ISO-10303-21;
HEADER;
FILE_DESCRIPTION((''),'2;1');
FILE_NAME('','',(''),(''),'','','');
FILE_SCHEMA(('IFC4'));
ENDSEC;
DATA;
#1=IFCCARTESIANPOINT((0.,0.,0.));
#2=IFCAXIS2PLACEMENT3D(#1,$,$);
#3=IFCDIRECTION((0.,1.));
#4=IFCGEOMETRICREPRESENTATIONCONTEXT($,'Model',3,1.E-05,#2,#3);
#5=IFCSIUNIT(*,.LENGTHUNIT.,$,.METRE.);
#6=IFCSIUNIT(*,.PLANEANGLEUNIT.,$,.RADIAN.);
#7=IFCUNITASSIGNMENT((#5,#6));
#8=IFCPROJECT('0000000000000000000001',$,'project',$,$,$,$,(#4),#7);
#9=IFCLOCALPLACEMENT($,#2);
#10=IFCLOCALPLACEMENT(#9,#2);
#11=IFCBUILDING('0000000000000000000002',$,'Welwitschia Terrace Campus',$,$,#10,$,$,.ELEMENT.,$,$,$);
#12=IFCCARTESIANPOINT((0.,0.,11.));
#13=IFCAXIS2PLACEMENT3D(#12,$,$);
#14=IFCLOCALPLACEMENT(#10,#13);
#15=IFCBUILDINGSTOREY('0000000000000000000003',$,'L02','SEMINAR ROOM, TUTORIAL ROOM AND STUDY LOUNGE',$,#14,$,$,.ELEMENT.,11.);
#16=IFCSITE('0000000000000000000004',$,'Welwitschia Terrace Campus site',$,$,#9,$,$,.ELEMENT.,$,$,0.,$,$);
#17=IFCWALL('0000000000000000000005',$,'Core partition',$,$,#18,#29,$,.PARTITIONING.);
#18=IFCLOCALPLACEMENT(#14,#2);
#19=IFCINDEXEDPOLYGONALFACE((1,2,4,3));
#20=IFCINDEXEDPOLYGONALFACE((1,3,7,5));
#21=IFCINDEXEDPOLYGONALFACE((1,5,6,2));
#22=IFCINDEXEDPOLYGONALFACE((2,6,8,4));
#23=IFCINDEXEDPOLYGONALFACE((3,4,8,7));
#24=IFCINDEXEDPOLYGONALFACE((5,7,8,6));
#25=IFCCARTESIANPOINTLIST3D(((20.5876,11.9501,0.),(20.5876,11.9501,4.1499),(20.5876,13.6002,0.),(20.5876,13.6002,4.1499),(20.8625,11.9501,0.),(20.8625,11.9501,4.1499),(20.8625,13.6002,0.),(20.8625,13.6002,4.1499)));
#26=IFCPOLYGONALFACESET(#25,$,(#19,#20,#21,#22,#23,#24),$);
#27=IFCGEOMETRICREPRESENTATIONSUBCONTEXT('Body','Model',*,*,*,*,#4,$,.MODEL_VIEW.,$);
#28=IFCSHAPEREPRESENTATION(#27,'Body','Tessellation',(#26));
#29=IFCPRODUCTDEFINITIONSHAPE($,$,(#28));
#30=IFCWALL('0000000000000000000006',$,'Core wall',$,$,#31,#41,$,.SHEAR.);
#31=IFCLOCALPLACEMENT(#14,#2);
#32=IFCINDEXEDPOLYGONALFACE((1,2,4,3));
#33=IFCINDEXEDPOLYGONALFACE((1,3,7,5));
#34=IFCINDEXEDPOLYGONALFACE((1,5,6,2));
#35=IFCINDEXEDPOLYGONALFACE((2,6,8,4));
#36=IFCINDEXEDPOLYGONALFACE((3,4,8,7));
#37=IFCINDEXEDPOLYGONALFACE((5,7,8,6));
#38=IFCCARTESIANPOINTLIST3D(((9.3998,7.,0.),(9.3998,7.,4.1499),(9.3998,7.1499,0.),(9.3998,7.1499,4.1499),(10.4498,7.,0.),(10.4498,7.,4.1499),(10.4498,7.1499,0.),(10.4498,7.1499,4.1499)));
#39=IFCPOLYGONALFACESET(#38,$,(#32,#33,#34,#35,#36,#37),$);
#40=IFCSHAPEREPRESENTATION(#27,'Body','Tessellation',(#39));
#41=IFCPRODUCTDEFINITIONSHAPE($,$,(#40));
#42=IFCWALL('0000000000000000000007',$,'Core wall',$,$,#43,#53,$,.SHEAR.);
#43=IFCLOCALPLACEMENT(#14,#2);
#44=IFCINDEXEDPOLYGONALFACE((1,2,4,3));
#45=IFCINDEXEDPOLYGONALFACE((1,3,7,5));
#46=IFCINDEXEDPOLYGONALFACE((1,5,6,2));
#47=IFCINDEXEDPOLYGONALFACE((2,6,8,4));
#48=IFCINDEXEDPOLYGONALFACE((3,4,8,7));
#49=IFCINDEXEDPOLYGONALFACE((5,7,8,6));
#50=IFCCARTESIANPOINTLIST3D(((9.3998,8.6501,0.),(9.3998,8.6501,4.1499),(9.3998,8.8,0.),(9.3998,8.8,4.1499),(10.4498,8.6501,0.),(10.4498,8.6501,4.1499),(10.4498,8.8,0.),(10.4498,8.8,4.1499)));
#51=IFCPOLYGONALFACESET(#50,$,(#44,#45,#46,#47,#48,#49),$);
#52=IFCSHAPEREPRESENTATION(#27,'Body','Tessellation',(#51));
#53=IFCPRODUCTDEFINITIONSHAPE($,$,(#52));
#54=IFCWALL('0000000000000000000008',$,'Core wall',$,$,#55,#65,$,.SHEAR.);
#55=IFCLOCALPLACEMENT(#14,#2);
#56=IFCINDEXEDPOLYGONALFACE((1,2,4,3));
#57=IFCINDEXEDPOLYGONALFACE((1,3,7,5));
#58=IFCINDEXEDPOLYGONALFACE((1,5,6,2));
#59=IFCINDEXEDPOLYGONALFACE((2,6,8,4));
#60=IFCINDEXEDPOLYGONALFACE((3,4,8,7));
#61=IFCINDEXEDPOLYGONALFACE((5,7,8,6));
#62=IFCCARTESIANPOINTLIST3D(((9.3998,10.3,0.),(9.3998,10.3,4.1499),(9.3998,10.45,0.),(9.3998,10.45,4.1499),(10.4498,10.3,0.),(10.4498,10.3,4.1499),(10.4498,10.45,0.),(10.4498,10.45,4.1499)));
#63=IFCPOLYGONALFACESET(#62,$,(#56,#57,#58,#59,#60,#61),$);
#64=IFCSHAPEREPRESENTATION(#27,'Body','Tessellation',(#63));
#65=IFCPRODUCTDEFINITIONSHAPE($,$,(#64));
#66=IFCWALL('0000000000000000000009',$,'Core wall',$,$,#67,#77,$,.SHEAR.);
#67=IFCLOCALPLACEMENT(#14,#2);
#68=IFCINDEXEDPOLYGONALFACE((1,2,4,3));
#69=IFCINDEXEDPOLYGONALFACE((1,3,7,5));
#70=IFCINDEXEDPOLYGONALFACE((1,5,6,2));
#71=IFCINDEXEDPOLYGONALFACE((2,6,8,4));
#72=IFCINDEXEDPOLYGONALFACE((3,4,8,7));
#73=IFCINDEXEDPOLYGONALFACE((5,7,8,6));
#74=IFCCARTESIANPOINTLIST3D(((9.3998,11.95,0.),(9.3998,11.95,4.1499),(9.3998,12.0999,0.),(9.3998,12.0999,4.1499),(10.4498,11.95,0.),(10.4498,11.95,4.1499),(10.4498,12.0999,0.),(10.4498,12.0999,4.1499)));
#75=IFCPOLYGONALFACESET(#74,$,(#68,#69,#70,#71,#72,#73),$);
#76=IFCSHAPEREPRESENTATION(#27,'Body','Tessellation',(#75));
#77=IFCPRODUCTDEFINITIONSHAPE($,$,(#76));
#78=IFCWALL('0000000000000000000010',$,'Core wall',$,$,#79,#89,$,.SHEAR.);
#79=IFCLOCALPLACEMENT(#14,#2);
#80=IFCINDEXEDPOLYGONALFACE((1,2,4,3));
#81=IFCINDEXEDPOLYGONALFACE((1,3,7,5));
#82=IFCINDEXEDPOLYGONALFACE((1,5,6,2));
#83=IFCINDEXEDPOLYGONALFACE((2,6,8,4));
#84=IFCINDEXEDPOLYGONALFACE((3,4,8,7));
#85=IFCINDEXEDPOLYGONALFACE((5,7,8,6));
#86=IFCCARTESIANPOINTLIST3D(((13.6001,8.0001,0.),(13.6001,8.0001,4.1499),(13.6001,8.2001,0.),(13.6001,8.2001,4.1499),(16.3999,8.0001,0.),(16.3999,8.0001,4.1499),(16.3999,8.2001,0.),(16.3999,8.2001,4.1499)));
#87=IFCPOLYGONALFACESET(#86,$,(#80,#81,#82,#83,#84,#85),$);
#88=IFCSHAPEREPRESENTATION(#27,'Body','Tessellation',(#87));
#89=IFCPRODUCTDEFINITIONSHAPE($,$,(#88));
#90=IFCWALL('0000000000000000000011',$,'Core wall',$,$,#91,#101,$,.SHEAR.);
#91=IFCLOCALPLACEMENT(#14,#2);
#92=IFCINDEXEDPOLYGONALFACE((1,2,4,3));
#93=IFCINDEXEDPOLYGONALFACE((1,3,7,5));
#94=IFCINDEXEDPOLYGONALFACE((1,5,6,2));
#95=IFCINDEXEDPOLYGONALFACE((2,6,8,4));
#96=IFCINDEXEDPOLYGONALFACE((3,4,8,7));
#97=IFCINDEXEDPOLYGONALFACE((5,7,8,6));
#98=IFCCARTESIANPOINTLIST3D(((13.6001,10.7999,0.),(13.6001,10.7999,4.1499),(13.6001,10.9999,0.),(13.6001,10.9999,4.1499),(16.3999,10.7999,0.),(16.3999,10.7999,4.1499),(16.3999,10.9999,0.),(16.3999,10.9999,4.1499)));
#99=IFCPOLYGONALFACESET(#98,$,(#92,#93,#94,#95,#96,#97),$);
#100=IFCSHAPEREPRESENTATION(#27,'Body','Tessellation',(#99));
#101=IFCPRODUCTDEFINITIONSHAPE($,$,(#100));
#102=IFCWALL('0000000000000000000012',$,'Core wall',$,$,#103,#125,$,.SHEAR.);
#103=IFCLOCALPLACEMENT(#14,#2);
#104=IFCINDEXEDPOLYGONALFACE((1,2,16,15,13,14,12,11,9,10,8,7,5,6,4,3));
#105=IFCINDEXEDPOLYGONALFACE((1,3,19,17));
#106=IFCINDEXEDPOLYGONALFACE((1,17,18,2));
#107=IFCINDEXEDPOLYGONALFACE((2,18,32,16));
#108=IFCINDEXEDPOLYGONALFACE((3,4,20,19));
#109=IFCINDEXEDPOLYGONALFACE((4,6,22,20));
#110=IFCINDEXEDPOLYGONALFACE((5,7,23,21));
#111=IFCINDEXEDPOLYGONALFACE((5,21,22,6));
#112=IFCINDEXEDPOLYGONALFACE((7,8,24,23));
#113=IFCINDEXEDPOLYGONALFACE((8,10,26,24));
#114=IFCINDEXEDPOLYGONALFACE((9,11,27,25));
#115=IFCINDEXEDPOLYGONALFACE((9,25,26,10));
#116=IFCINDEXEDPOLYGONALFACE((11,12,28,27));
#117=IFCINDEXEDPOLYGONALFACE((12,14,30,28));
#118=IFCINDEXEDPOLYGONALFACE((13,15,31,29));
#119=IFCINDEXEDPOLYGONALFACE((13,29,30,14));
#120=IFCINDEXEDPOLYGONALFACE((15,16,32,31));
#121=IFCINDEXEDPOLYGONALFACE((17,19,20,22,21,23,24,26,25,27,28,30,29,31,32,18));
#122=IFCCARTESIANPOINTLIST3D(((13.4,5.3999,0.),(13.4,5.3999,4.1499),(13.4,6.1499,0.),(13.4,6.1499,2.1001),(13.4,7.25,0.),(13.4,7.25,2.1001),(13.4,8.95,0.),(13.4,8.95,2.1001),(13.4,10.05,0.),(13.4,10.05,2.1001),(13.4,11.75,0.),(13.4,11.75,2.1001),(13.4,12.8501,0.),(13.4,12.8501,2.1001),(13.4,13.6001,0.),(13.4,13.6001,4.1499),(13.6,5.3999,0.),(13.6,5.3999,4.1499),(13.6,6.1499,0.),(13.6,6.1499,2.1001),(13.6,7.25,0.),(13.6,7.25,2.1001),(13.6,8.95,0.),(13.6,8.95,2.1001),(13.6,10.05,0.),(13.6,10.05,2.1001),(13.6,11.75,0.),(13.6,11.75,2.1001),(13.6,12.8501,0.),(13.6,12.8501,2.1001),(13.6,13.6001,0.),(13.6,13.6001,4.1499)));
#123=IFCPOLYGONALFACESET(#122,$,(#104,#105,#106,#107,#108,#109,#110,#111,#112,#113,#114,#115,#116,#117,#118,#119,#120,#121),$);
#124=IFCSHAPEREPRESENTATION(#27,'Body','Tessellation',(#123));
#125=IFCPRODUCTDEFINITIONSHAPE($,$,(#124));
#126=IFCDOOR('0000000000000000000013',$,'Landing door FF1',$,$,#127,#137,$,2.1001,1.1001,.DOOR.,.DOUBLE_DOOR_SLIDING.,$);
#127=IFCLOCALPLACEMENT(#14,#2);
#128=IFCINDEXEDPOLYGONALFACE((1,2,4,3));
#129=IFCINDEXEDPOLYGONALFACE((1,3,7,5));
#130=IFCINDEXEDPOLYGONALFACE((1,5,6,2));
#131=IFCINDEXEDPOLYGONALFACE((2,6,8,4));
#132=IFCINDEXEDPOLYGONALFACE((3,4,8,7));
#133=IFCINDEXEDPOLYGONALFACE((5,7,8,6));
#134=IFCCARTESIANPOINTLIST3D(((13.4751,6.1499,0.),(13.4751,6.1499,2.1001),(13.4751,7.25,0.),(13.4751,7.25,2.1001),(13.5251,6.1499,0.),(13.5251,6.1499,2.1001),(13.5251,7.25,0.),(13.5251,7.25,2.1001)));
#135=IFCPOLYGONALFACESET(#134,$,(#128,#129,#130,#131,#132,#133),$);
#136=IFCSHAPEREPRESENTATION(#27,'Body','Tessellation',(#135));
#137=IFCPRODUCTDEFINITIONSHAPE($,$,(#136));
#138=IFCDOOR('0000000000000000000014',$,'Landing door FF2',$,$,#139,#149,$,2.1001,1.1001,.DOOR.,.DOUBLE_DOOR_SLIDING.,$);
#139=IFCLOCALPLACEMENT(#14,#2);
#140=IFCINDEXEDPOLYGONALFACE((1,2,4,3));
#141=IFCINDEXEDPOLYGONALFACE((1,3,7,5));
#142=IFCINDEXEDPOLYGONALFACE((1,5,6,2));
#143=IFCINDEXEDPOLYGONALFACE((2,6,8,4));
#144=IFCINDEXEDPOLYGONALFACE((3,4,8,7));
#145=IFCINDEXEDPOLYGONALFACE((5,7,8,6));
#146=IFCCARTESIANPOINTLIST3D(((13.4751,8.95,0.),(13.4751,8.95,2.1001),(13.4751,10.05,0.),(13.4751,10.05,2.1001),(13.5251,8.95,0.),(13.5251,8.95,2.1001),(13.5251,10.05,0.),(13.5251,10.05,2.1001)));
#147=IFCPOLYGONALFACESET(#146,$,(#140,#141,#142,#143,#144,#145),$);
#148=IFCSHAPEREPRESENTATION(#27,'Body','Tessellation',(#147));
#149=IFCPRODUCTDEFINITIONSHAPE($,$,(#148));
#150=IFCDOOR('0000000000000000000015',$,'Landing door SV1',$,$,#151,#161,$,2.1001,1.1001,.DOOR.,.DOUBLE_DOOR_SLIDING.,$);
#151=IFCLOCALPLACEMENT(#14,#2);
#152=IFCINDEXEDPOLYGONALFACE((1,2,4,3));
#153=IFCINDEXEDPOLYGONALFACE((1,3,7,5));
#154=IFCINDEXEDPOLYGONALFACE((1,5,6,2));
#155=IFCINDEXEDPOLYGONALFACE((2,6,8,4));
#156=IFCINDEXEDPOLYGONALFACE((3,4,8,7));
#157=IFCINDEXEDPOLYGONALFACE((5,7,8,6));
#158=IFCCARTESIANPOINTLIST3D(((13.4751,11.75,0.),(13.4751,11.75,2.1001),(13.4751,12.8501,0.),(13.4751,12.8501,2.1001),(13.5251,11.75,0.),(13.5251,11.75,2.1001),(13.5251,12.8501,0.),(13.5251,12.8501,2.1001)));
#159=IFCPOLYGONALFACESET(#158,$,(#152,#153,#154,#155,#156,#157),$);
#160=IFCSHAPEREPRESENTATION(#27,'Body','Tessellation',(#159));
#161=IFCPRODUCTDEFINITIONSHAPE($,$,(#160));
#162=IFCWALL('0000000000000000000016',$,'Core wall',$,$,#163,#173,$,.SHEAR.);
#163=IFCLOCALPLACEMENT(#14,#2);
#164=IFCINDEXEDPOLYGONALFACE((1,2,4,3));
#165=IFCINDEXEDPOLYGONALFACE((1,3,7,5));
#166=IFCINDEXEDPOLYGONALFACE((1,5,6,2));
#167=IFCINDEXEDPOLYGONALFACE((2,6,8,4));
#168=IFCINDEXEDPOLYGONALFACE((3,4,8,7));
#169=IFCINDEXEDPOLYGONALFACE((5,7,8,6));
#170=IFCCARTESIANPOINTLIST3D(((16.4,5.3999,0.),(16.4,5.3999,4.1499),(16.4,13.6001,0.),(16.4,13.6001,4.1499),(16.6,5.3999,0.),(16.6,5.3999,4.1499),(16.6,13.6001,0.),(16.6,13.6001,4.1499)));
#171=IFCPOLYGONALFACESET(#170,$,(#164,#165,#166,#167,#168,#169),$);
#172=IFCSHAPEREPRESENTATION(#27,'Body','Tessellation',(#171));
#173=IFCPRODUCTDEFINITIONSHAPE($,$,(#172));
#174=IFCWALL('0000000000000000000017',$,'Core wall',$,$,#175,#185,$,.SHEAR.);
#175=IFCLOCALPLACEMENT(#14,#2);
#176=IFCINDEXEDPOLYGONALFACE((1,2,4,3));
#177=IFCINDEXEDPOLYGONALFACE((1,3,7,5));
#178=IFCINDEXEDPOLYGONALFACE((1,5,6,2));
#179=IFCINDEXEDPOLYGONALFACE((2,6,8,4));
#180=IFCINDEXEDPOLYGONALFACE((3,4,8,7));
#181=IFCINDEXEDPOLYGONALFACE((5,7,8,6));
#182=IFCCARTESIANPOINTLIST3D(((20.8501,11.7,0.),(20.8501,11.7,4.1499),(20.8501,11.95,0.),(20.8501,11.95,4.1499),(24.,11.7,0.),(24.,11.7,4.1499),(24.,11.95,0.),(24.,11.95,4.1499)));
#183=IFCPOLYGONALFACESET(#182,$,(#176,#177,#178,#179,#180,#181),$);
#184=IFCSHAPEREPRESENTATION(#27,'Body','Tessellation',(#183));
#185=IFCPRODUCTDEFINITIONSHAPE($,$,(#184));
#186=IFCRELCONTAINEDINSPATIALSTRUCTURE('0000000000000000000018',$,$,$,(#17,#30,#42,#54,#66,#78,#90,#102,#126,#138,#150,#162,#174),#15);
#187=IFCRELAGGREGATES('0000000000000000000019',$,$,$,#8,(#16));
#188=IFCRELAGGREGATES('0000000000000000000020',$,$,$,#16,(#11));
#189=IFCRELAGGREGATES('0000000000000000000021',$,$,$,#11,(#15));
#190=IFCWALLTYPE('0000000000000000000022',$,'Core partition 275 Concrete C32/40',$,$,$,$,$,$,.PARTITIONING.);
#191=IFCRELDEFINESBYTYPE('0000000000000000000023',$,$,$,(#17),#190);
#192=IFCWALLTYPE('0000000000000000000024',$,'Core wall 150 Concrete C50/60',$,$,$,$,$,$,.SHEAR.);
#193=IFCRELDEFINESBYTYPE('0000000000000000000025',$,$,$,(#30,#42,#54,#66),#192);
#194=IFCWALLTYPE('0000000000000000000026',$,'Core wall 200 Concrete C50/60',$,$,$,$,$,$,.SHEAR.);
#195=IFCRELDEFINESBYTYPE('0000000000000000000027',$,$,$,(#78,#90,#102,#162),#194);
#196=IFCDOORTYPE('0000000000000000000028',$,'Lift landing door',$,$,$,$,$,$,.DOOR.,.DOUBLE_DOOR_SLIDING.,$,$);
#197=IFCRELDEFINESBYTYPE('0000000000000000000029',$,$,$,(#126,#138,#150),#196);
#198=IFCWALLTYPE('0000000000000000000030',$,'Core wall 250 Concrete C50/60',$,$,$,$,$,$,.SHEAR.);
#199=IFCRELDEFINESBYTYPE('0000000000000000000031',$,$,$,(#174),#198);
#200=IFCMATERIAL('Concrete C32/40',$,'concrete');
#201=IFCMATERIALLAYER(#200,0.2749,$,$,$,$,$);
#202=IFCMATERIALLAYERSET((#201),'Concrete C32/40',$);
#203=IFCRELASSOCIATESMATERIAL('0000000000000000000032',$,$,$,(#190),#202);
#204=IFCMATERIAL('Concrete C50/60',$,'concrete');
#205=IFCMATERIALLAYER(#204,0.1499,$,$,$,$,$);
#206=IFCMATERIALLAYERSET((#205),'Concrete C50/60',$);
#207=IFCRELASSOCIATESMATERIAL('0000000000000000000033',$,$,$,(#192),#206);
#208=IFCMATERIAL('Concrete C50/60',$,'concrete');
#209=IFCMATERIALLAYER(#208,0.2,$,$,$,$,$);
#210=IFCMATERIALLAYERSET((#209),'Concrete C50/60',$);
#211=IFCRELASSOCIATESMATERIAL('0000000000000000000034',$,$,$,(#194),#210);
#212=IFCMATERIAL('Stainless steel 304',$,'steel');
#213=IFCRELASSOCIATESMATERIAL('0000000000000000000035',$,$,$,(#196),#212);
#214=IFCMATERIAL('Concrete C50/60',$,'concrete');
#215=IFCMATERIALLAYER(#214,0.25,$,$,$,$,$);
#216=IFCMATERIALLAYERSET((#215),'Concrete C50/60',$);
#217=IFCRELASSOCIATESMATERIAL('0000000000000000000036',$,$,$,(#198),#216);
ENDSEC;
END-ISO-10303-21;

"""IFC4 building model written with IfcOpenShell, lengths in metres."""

from ifc_helpers import new_model, si_unit, direction, frame, frame_2d, origin, place, context, subcontext, project, spatial, rectangle, extrude, material, layer, layer_set, type_object, element, fill, save


model = new_model("IFC4")

# Units and contexts
model_context = context("Model", 3, precision=1e-05, world=origin(), true_north=direction((0.0, 1.0)))
body_context = subcontext(model_context, "Body", "Model", "MODEL_VIEW")
ifc_project = project(units=[si_unit("LENGTHUNIT", "METRE"), si_unit("PLANEANGLEUNIT", "RADIAN")], contexts=[model_context])

# Site, building, storey
site_placement = place(None, origin())
site = spatial("IfcSite", under=ifc_project, at=site_placement, Name="Welwitschia Terrace Campus site", CompositionType="ELEMENT", RefElevation=0.0)
building_placement = place(site_placement, origin())
building = spatial("IfcBuilding", under=site, at=building_placement, Name="Welwitschia Terrace Campus", CompositionType="ELEMENT")
storey_placement = place(building_placement, frame((0.0, 0.0, 11.0)))
storey = spatial("IfcBuildingStorey", under=building, at=storey_placement, Name="L02", Description="SEMINAR ROOM, TUTORIAL ROOM AND STUDY LOUNGE", CompositionType="ELEMENT", Elevation=11.0)

# Walls
ifc_material_1 = material(Name="Concrete C32/40", Category="concrete")
ifc_layer_1 = layer(ifc_material_1, 0.2749)
ifc_layer_set_1 = layer_set([ifc_layer_1], Name="Concrete C32/40")
wall_type_1 = type_object("IfcWallType", Name="Core partition 275 Concrete C32/40", PredefinedType="PARTITIONING", material=ifc_layer_set_1)
wall_1_placement = place(storey_placement, frame((20.7251, 11.95, 0.0), z_axis=(0.0, 0.0, 1.0), x_axis=(0.0, 1.0, 0.0)))
element("IfcWall", 1, at=wall_1_placement, inside=storey, type_object=wall_type_1, Name="Core partition", PredefinedType="PARTITIONING", context=body_context, shape_type="SweptSolid", body=[
    extrude(rectangle(XDim=1.6501, YDim=0.2749, at=frame_2d((0.8252, 0.0))), origin(), (0.0, 0.0, 1.0), 4.1499),
])
ifc_material_2 = material(Name="Concrete C50/60", Category="concrete")
ifc_layer_2 = layer(ifc_material_2, 0.1499)
ifc_layer_set_2 = layer_set([ifc_layer_2], Name="Concrete C50/60")
wall_type_2 = type_object("IfcWallType", Name="Core wall 150 Concrete C50/60", PredefinedType="SHEAR", material=ifc_layer_set_2)
for number, where, z_axis, x_axis, name in (
    (2, (9.3999, 7.075, 0.0), (0.0, 0.0, 1.0), (1.0, 0.0, 0.0), "Core wall"),
    (3, (9.3999, 8.7251, 0.0), (0.0, 0.0, 1.0), (1.0, 0.0, 0.0), "Core wall"),
    (4, (9.3999, 10.375, 0.0), (0.0, 0.0, 1.0), (1.0, 0.0, 0.0), "Core wall"),
    (5, (9.3999, 12.0249, 0.0), (0.0, 0.0, 1.0), (1.0, 0.0, 0.0), "Core wall"),
):
    element("IfcWall", number, at=place(storey_placement, frame(where, z_axis=z_axis, x_axis=x_axis)), inside=storey, type_object=wall_type_2, Name=name, PredefinedType="SHEAR", context=body_context, shape_type="SweptSolid", body=[
        extrude(rectangle(XDim=1.05, YDim=0.1499, at=frame_2d((0.5249, 0.0))), origin(), (0.0, 0.0, 1.0), 4.1499),
    ])
ifc_material_3 = material(Name="Concrete C50/60", Category="concrete")
ifc_layer_3 = layer(ifc_material_3, 0.2)
ifc_layer_set_3 = layer_set([ifc_layer_3], Name="Concrete C50/60")
wall_type_3 = type_object("IfcWallType", Name="Core wall 200 Concrete C50/60", PredefinedType="SHEAR", material=ifc_layer_set_3)
for number, where, z_axis, x_axis, name in (
    (6, (13.6001, 8.1001, 0.0), (0.0, 0.0, 1.0), (1.0, 0.0, 0.0), "Core wall"),
    (7, (13.6001, 10.8999, 0.0), (0.0, 0.0, 1.0), (1.0, 0.0, 0.0), "Core wall"),
):
    element("IfcWall", number, at=place(storey_placement, frame(where, z_axis=z_axis, x_axis=x_axis)), inside=storey, type_object=wall_type_3, Name=name, PredefinedType="SHEAR", context=body_context, shape_type="SweptSolid", body=[
        extrude(rectangle(XDim=2.7998, YDim=0.2, at=frame_2d((1.3999, 0.0))), origin(), (0.0, 0.0, 1.0), 4.1499),
    ])

# Wall, openings, doors
wall_2_placement = place(storey_placement, frame((13.5, 5.3999, 0.0), z_axis=(0.0, 0.0, 1.0), x_axis=(0.0, 1.0, 0.0)))
wall_2 = element("IfcWall", 8, at=wall_2_placement, inside=storey, type_object=wall_type_3, Name="Core wall", PredefinedType="SHEAR", context=body_context, shape_type="SweptSolid", body=[
    extrude(rectangle(XDim=8.2002, YDim=0.2, at=frame_2d((4.1001, 0.0))), origin(), (0.0, 0.0, 1.0), 4.1499),
])
opening_1_placement = place(wall_2_placement, frame((0.75, 0.0, 0.0)))
opening_1 = element("IfcOpeningElement", 9, at=opening_1_placement, cuts=wall_2, PredefinedType="OPENING", context=body_context, shape_type="SweptSolid", body=[
    extrude(rectangle(XDim=1.1001, YDim=2.1001, at=frame_2d((0.55, 1.05))), frame((0.0, 0.1099, 0.0), z_axis=(0.0, -1.0, 0.0), x_axis=(1.0, 0.0, 0.0)), (0.0, 0.0, 1.0), 0.22),
])
opening_2_placement = place(wall_2_placement, frame((3.55, 0.0, 0.0)))
opening_2 = element("IfcOpeningElement", 10, at=opening_2_placement, cuts=wall_2, PredefinedType="OPENING", context=body_context, shape_type="SweptSolid", body=[
    extrude(rectangle(XDim=1.1001, YDim=2.1001, at=frame_2d((0.55, 1.05))), frame((0.0, 0.1099, 0.0), z_axis=(0.0, -1.0, 0.0), x_axis=(1.0, 0.0, 0.0)), (0.0, 0.0, 1.0), 0.22),
])
opening_3_placement = place(wall_2_placement, frame((6.3501, 0.0, 0.0)))
opening_3 = element("IfcOpeningElement", 11, at=opening_3_placement, cuts=wall_2, PredefinedType="OPENING", context=body_context, shape_type="SweptSolid", body=[
    extrude(rectangle(XDim=1.1001, YDim=2.1001, at=frame_2d((0.55, 1.05))), frame((0.0, 0.1099, 0.0), z_axis=(0.0, -1.0, 0.0), x_axis=(1.0, 0.0, 0.0)), (0.0, 0.0, 1.0), 0.22),
])
ifc_material_4 = material(Name="Stainless steel 304", Category="steel")
door_type_1 = type_object("IfcDoorType", Name="Lift landing door", OperationType="DOUBLE_DOOR_SLIDING", PredefinedType="DOOR", material=ifc_material_4)
door_1_placement = place(opening_1_placement, origin())
door_1 = element("IfcDoor", 12, at=door_1_placement, inside=storey, type_object=door_type_1, Name="Landing door FF1", OperationType="DOUBLE_DOOR_SLIDING", OverallHeight=2.1001, OverallWidth=1.1001, PredefinedType="DOOR", context=body_context, shape_type="SweptSolid", body=[
    extrude(rectangle(XDim=1.1001, YDim=2.1001, at=frame_2d((0.55, 1.05))), frame((0.0, 0.0249, 0.0), z_axis=(0.0, -1.0, 0.0), x_axis=(1.0, 0.0, 0.0)), (0.0, 0.0, 1.0), 0.05),
])
fill(opening_1, door_1)
door_2_placement = place(opening_2_placement, origin())
door_2 = element("IfcDoor", 13, at=door_2_placement, inside=storey, type_object=door_type_1, Name="Landing door FF2", OperationType="DOUBLE_DOOR_SLIDING", OverallHeight=2.1001, OverallWidth=1.1001, PredefinedType="DOOR", context=body_context, shape_type="SweptSolid", body=[
    extrude(rectangle(XDim=1.1001, YDim=2.1001, at=frame_2d((0.55, 1.05))), frame((0.0, 0.0249, 0.0), z_axis=(0.0, -1.0, 0.0), x_axis=(1.0, 0.0, 0.0)), (0.0, 0.0, 1.0), 0.05),
])
fill(opening_2, door_2)
door_3_placement = place(opening_3_placement, origin())
door_3 = element("IfcDoor", 14, at=door_3_placement, inside=storey, type_object=door_type_1, Name="Landing door SV1", OperationType="DOUBLE_DOOR_SLIDING", OverallHeight=2.1001, OverallWidth=1.1001, PredefinedType="DOOR", context=body_context, shape_type="SweptSolid", body=[
    extrude(rectangle(XDim=1.1001, YDim=2.1001, at=frame_2d((0.55, 1.05))), frame((0.0, 0.0249, 0.0), z_axis=(0.0, -1.0, 0.0), x_axis=(1.0, 0.0, 0.0)), (0.0, 0.0, 1.0), 0.05),
])
fill(opening_3, door_3)

# Walls
wall_3_placement = place(storey_placement, frame((16.5, 5.3999, 0.0), z_axis=(0.0, 0.0, 1.0), x_axis=(0.0, 1.0, 0.0)))
element("IfcWall", 15, at=wall_3_placement, inside=storey, type_object=wall_type_3, Name="Core wall", PredefinedType="SHEAR", context=body_context, shape_type="SweptSolid", body=[
    extrude(rectangle(XDim=8.2002, YDim=0.2, at=frame_2d((4.1001, 0.0))), origin(), (0.0, 0.0, 1.0), 4.1499),
])
ifc_material_5 = material(Name="Concrete C50/60", Category="concrete")
ifc_layer_4 = layer(ifc_material_5, 0.25)
ifc_layer_set_4 = layer_set([ifc_layer_4], Name="Concrete C50/60")
wall_type_4 = type_object("IfcWallType", Name="Core wall 250 Concrete C50/60", PredefinedType="SHEAR", material=ifc_layer_set_4)
wall_4_placement = place(storey_placement, frame((20.8501, 11.825, 0.0), z_axis=(0.0, 0.0, 1.0), x_axis=(1.0, 0.0, 0.0)))
element("IfcWall", 16, at=wall_4_placement, inside=storey, type_object=wall_type_4, Name="Core wall", PredefinedType="SHEAR", context=body_context, shape_type="SweptSolid", body=[
    extrude(rectangle(XDim=3.1499, YDim=0.25, at=frame_2d((1.575, 0.0))), origin(), (0.0, 0.0, 1.0), 4.1499),
])

save(model, "model.ifc")
